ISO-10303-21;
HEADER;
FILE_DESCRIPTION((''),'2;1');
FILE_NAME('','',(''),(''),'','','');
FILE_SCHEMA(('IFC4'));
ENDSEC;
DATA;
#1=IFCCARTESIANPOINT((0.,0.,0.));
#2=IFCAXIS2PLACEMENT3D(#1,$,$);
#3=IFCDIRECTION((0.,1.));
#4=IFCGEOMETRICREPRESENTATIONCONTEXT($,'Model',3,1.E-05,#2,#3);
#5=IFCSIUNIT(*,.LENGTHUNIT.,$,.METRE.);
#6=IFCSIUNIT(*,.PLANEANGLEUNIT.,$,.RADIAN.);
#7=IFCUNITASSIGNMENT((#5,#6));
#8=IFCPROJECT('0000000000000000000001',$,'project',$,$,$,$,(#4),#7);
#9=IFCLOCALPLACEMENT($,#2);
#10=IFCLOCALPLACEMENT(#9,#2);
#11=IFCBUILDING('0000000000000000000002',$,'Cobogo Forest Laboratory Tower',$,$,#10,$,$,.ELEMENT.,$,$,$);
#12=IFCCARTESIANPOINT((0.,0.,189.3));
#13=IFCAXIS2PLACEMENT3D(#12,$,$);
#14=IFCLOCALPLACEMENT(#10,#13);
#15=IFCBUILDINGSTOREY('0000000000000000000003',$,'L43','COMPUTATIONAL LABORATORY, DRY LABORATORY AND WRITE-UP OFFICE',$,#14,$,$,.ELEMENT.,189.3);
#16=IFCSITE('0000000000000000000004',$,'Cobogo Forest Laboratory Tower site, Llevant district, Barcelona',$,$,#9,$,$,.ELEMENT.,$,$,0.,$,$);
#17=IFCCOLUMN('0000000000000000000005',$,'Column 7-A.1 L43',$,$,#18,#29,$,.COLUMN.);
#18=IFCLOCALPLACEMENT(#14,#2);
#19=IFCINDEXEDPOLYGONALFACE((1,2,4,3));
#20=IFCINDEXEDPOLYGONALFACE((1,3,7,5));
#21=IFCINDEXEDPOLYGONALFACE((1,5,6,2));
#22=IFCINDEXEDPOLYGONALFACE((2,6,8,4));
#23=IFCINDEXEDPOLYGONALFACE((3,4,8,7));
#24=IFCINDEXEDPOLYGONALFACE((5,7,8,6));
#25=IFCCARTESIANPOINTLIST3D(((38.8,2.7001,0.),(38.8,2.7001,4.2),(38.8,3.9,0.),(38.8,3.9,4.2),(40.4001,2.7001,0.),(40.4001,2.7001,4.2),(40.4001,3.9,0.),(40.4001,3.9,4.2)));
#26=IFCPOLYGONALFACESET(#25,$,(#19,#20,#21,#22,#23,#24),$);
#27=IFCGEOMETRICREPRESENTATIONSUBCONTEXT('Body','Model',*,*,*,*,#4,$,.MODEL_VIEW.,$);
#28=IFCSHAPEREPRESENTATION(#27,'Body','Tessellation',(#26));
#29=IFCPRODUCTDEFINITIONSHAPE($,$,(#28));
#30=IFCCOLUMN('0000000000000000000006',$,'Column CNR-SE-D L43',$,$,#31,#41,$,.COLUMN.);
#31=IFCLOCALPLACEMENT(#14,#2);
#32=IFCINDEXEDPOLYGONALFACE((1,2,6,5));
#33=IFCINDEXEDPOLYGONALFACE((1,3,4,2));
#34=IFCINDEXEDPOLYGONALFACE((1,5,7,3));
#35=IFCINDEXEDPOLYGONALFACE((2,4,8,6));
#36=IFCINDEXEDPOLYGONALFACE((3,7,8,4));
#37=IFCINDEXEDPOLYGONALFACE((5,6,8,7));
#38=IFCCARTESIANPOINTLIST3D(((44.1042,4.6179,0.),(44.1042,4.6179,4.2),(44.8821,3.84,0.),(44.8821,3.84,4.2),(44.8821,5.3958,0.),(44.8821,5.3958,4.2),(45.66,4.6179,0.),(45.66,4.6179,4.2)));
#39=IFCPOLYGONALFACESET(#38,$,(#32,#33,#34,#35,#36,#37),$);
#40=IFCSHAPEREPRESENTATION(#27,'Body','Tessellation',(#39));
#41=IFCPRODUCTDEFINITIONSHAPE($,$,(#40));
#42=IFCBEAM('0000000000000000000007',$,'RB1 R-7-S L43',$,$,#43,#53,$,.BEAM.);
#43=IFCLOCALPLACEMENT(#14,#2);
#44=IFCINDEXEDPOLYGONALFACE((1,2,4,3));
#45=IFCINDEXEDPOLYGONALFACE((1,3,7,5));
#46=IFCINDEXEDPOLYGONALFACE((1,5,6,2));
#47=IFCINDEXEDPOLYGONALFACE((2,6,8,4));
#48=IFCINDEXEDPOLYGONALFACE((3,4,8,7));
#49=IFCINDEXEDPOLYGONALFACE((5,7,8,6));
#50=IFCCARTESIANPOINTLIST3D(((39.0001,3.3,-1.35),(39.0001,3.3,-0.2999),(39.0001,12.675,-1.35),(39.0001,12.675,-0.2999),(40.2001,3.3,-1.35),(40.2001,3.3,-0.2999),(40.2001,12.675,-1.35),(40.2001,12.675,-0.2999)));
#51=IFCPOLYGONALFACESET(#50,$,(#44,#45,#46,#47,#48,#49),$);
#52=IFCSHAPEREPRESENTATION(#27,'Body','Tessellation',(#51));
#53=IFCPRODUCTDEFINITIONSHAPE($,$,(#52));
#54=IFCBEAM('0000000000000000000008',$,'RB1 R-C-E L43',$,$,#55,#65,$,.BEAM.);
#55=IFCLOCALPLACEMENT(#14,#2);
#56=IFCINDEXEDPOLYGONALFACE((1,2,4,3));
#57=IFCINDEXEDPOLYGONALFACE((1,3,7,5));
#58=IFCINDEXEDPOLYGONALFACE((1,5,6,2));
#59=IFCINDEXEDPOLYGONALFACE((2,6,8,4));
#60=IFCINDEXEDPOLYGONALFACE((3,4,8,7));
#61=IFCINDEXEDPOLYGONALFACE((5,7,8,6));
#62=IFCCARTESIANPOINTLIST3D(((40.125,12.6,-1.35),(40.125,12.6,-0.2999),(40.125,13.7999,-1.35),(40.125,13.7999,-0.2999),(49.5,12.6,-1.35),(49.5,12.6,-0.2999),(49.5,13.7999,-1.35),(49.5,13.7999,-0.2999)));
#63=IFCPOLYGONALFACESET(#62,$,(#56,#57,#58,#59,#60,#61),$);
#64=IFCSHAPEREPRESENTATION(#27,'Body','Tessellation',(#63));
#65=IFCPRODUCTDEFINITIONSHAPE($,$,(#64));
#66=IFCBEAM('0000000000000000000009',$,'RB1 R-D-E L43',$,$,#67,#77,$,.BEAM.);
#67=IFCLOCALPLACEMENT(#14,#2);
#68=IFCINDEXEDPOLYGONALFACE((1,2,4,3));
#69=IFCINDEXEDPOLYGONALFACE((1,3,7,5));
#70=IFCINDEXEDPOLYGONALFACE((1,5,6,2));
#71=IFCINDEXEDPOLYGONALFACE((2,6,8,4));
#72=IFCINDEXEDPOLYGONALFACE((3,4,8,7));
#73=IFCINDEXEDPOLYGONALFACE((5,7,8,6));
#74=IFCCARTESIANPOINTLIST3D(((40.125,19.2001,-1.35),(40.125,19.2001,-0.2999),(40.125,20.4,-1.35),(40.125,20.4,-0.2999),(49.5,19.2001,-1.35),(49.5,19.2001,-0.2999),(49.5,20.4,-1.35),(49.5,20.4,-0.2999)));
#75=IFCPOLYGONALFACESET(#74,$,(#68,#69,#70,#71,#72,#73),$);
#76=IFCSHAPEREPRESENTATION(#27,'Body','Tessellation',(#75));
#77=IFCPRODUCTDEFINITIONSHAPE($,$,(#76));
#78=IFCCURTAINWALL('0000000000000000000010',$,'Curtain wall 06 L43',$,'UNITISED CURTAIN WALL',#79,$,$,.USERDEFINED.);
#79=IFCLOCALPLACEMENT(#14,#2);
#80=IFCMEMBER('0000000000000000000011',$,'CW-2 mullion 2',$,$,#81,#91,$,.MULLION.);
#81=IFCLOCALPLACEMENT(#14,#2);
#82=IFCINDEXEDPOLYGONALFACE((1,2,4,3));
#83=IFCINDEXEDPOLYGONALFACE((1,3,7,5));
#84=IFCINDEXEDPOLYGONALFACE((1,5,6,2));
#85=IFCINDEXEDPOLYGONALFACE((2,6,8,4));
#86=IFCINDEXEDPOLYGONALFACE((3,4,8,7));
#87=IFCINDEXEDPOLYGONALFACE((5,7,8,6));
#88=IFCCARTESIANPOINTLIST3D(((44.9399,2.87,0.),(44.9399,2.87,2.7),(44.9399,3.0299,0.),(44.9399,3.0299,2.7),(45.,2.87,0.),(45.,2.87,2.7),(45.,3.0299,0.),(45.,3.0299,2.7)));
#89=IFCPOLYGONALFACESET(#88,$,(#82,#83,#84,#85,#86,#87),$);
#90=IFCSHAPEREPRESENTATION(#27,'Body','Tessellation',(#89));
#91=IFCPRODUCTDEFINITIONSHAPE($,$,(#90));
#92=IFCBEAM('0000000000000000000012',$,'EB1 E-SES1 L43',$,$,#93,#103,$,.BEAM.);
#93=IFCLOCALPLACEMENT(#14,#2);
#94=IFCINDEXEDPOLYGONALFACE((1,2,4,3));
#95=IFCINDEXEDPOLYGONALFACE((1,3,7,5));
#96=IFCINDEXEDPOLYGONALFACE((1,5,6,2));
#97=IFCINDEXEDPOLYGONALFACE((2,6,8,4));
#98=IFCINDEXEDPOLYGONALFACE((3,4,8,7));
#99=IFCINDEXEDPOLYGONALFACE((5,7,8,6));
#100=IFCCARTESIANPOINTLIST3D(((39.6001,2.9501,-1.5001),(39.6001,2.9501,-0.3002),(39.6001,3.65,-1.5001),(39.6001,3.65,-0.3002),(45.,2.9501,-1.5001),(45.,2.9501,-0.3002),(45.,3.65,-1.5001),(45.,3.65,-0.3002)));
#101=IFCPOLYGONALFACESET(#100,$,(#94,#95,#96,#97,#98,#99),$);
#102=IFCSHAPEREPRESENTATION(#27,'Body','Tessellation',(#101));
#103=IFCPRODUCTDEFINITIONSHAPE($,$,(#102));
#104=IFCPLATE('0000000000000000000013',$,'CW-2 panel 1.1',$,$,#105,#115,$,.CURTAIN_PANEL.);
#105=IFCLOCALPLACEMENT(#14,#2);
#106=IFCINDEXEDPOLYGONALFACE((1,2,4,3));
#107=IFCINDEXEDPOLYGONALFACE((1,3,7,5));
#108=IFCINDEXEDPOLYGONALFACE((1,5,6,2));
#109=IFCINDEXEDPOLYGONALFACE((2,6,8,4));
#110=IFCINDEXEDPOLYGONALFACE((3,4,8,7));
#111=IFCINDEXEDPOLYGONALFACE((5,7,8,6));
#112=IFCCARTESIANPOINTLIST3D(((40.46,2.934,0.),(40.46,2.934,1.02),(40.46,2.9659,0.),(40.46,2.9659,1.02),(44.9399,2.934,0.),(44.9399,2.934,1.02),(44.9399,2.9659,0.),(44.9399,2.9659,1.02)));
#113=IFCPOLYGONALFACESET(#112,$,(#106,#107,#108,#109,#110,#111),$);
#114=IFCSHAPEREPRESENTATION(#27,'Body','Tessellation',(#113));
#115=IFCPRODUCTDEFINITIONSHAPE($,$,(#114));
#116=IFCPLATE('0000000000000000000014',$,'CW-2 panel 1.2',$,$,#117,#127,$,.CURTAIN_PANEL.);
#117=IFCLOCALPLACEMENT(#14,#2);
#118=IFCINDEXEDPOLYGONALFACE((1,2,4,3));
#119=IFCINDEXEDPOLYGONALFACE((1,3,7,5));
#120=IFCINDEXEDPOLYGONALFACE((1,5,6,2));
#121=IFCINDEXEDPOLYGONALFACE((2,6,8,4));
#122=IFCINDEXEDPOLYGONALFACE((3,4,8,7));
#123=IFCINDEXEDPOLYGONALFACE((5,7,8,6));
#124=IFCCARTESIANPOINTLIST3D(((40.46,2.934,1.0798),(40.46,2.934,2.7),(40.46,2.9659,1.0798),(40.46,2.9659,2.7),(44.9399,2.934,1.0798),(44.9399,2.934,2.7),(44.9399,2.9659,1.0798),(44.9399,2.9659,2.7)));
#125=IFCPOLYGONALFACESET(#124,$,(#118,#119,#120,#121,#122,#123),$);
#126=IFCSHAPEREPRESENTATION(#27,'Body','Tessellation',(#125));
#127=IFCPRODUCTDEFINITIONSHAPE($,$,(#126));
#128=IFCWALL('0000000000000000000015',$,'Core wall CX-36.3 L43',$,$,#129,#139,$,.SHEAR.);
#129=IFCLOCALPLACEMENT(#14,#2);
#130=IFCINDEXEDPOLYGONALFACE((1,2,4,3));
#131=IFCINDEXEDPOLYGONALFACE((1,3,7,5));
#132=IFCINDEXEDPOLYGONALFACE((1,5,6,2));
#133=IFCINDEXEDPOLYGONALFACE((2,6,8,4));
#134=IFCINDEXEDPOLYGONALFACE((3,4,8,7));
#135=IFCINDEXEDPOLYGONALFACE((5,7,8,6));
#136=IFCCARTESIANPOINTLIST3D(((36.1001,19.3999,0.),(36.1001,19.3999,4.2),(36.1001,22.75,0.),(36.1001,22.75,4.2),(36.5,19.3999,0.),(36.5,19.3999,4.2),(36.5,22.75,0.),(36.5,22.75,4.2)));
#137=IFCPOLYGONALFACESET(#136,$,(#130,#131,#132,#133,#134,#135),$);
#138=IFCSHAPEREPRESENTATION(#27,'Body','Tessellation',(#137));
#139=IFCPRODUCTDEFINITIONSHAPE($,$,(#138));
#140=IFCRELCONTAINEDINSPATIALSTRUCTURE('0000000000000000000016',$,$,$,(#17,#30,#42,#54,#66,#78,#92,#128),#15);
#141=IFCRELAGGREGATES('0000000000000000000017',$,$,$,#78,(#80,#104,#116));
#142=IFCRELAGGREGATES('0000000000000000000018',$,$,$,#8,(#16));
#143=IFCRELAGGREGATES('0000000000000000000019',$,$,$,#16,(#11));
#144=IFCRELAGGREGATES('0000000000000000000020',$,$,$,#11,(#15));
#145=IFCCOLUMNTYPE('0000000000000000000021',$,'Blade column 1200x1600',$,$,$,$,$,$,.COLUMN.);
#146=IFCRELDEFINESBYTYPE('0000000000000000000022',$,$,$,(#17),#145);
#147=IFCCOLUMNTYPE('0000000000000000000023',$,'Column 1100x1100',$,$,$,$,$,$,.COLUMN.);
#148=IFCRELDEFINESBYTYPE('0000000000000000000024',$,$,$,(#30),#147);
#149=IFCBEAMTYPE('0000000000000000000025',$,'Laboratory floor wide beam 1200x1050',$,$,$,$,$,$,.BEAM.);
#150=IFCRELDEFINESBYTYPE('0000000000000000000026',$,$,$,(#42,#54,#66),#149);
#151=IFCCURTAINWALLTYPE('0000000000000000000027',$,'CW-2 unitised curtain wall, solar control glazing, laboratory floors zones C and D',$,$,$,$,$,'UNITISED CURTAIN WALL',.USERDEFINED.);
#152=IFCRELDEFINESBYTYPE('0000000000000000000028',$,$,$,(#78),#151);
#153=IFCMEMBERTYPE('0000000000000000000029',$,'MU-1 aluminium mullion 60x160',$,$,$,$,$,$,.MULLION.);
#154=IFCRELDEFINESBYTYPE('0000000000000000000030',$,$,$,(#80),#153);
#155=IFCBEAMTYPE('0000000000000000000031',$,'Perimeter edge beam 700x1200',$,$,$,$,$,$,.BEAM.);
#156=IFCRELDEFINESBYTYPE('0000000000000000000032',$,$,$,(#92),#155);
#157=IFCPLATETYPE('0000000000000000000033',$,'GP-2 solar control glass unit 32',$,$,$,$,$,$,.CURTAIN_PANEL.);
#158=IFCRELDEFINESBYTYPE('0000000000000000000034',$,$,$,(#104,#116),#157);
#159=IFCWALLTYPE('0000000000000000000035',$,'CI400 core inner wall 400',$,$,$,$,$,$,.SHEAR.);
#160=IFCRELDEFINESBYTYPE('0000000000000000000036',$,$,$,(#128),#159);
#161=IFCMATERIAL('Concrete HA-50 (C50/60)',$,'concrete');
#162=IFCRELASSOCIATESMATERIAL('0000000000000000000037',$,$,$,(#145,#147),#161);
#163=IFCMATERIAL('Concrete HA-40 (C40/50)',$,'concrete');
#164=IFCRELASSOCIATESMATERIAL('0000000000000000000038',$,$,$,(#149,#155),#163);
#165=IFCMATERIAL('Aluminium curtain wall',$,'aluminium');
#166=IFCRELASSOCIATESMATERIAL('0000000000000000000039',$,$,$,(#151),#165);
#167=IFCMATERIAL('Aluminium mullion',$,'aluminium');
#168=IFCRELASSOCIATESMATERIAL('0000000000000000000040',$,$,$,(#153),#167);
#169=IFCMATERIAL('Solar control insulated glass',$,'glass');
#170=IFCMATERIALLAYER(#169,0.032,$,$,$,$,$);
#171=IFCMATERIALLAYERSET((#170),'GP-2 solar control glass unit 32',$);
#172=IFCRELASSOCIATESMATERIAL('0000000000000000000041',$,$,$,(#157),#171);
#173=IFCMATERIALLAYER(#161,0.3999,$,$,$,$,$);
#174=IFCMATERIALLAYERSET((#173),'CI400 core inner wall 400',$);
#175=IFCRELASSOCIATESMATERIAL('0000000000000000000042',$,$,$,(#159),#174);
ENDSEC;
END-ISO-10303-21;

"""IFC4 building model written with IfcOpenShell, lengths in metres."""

from ifc_helpers import new_model, si_unit, direction, frame, frame_2d, origin, origin_2d, place, context, subcontext, project, spatial, rectangle, extrude, material, layer, layer_set, material_profile, profile_set, type_object, element, aggregate, save


model = new_model("IFC4")

# Units and contexts
model_context = context("Model", 3, precision=1e-05, world=origin(), true_north=direction((0.0, 1.0)))
body_context = subcontext(model_context, "Body", "Model", "MODEL_VIEW")
ifc_project = project(units=[si_unit("LENGTHUNIT", "METRE"), si_unit("PLANEANGLEUNIT", "RADIAN")], contexts=[model_context])

# Site, building, storey
site_placement = place(None, origin())
site = spatial("IfcSite", under=ifc_project, at=site_placement, Name="Cobogo Forest Laboratory Tower site, Llevant district, Barcelona", CompositionType="ELEMENT", RefElevation=0.0)
building_placement = place(site_placement, origin())
building = spatial("IfcBuilding", under=site, at=building_placement, Name="Cobogo Forest Laboratory Tower", CompositionType="ELEMENT")
storey_placement = place(building_placement, frame((0.0, 0.0, 189.3)))
storey = spatial("IfcBuildingStorey", under=building, at=storey_placement, Name="L43", Description="COMPUTATIONAL LABORATORY, DRY LABORATORY AND WRITE-UP OFFICE", CompositionType="ELEMENT", Elevation=189.3)

# Columns
ifc_material_1 = material(Name="Concrete HA-50 (C50/60)", Category="concrete")
ifc_material_profile_1 = material_profile(ifc_material_1, rectangle(XDim=1.6001, YDim=1.2, at=origin_2d()), Name="RC 1200x1600")
ifc_profile_set_1 = profile_set([ifc_material_profile_1], Name="Concrete HA-50 (C50/60)")
column_type_1 = type_object("IfcColumnType", Name="Blade column 1200x1600", PredefinedType="COLUMN", material=ifc_profile_set_1)
column_1_placement = place(storey_placement, frame((39.6001, 3.3, 0.0), z_axis=(0.0, 0.0, 1.0), x_axis=(1.0, 0.0, 0.0)))
element("IfcColumn", 1, at=column_1_placement, inside=storey, type_object=column_type_1, Name="Column 7-A.1 L43", PredefinedType="COLUMN", context=body_context, shape_type="SweptSolid", body=[
    extrude(rectangle(XDim=1.6001, YDim=1.2, at=origin_2d()), origin(), (0.0, 0.0, 1.0), 4.2),
])
ifc_material_profile_2 = material_profile(ifc_material_1, rectangle(XDim=1.1001, YDim=1.1001, at=origin_2d()), Name="RC 1100x1100")
ifc_profile_set_2 = profile_set([ifc_material_profile_2], Name="Concrete HA-50 (C50/60)")
column_type_2 = type_object("IfcColumnType", Name="Column 1100x1100", PredefinedType="COLUMN", material=ifc_profile_set_2)
column_2_placement = place(storey_placement, frame((44.8821, 4.6179, 0.0), z_axis=(0.0, 0.0, 1.0), x_axis=(0.707107, 0.707107, 0.0)))
element("IfcColumn", 2, at=column_2_placement, inside=storey, type_object=column_type_2, Name="Column CNR-SE-D L43", PredefinedType="COLUMN", context=body_context, shape_type="SweptSolid", body=[
    extrude(rectangle(XDim=1.1001, YDim=1.1001, at=origin_2d()), origin(), (0.0, 0.0, 1.0), 4.2),
])

# Beams
ifc_material_2 = material(Name="Concrete HA-40 (C40/50)", Category="concrete")
ifc_material_profile_3 = material_profile(ifc_material_2, rectangle(XDim=1.2, YDim=1.05, at=origin_2d()), Name="RC 1200x1050")
ifc_profile_set_3 = profile_set([ifc_material_profile_3], Name="Concrete HA-40 (C40/50)")
beam_type_1 = type_object("IfcBeamType", Name="Laboratory floor wide beam 1200x1050", PredefinedType="BEAM", material=ifc_profile_set_3)
for number, where, z_axis, x_axis, name in (
    (3, (39.6001, 12.675, -0.825), (0.0, -1.0, 0.0), (1.0, 0.0, 0.0), "RB1 R-7-S L43"),
    (4, (40.125, 13.2, -0.825), (1.0, 0.0, 0.0), (0.0, 1.0, 0.0), "RB1 R-C-E L43"),
    (5, (40.125, 19.8, -0.825), (1.0, 0.0, 0.0), (0.0, 1.0, 0.0), "RB1 R-D-E L43"),
):
    element("IfcBeam", number, at=place(storey_placement, frame(where, z_axis=z_axis, x_axis=x_axis)), inside=storey, type_object=beam_type_1, Name=name, PredefinedType="BEAM", context=body_context, shape_type="SweptSolid", body=[
        extrude(rectangle(XDim=1.2, YDim=1.05, at=origin_2d()), origin(), (0.0, 0.0, 1.0), 9.375),
    ])

# Curtain wall, member
ifc_material_3 = material(Name="Aluminium curtain wall", Category="aluminium")
curtain_wall_type = type_object("IfcCurtainWallType", Name="CW-2 unitised curtain wall, solar control glazing, laboratory floors zones C and D", ElementType="UNITISED CURTAIN WALL", PredefinedType="USERDEFINED", material=ifc_material_3)
curtain_wall_placement = place(storey_placement, origin())
curtain_wall = element("IfcCurtainWall", 6, at=curtain_wall_placement, inside=storey, type_object=curtain_wall_type, Name="Curtain wall 06 L43", ObjectType="UNITISED CURTAIN WALL", PredefinedType="USERDEFINED")
ifc_material_4 = material(Name="Aluminium mullion", Category="aluminium")
ifc_material_profile_4 = material_profile(ifc_material_4, rectangle(XDim=0.0601, YDim=0.1599, at=origin_2d()), Name="AL 60x160")
ifc_profile_set_4 = profile_set([ifc_material_profile_4], Name="Aluminium mullion")
member_type = type_object("IfcMemberType", Name="MU-1 aluminium mullion 60x160", PredefinedType="MULLION", material=ifc_profile_set_4)
member_placement = place(storey_placement, frame((44.97, 2.95, 0.0), z_axis=(0.0, 0.0, 1.0), x_axis=(1.0, 0.0, 0.0)))
member = element("IfcMember", 7, at=member_placement, type_object=member_type, Name="CW-2 mullion 2", PredefinedType="MULLION", context=body_context, shape_type="SweptSolid", body=[
    extrude(rectangle(XDim=0.0601, YDim=0.1599, at=origin_2d()), origin(), (0.0, 0.0, 1.0), 2.7),
])

# Beam
ifc_material_profile_5 = material_profile(ifc_material_2, rectangle(XDim=0.7, YDim=1.2, at=origin_2d()), Name="RC 700x1200")
ifc_profile_set_5 = profile_set([ifc_material_profile_5], Name="Concrete HA-40 (C40/50)")
beam_type_2 = type_object("IfcBeamType", Name="Perimeter edge beam 700x1200", PredefinedType="BEAM", material=ifc_profile_set_5)
beam_placement = place(storey_placement, frame((39.6001, 3.3, -0.9001), z_axis=(1.0, 0.0, 0.0), x_axis=(0.0, 1.0, 0.0)))
element("IfcBeam", 8, at=beam_placement, inside=storey, type_object=beam_type_2, Name="EB1 E-SES1 L43", PredefinedType="BEAM", context=body_context, shape_type="SweptSolid", body=[
    extrude(rectangle(XDim=0.7, YDim=1.2, at=origin_2d()), origin(), (0.0, 0.0, 1.0), 5.3999),
])

# Plates
ifc_material_5 = material(Name="Solar control insulated glass", Category="glass")
ifc_layer_1 = layer(ifc_material_5, 0.032)
ifc_layer_set_1 = layer_set([ifc_layer_1], Name="GP-2 solar control glass unit 32")
plate_type = type_object("IfcPlateType", Name="GP-2 solar control glass unit 32", PredefinedType="CURTAIN_PANEL", material=ifc_layer_set_1)
plate_1_placement = place(storey_placement, frame((42.7, 2.95, 0.0), z_axis=(0.0, 0.0, 1.0), x_axis=(1.0, 0.0, 0.0)))
plate_1 = element("IfcPlate", 9, at=plate_1_placement, type_object=plate_type, Name="CW-2 panel 1.1", PredefinedType="CURTAIN_PANEL", context=body_context, shape_type="SweptSolid", body=[
    extrude(rectangle(XDim=4.48, YDim=0.032, at=origin_2d()), origin(), (0.0, 0.0, 1.0), 1.02),
])
plate_2_placement = place(storey_placement, frame((42.7, 2.95, 1.0798), z_axis=(0.0, 0.0, 1.0), x_axis=(1.0, 0.0, 0.0)))
plate_2 = element("IfcPlate", 10, at=plate_2_placement, type_object=plate_type, Name="CW-2 panel 1.2", PredefinedType="CURTAIN_PANEL", context=body_context, shape_type="SweptSolid", body=[
    extrude(rectangle(XDim=4.48, YDim=0.032, at=origin_2d()), origin(), (0.0, 0.0, 1.0), 1.6201),
])
aggregate(curtain_wall, [member, plate_1, plate_2])

# Wall
ifc_layer_2 = layer(ifc_material_1, 0.3999)
ifc_layer_set_2 = layer_set([ifc_layer_2], Name="CI400 core inner wall 400")
wall_type_1 = type_object("IfcWallType", Name="CI400 core inner wall 400", PredefinedType="SHEAR", material=ifc_layer_set_2)
wall_1_placement = place(storey_placement, frame((36.3, 19.3999, 0.0), z_axis=(0.0, 0.0, 1.0), x_axis=(0.0, 1.0, 0.0)))
element("IfcWall", 11, at=wall_1_placement, inside=storey, type_object=wall_type_1, Name="Core wall CX-36.3 L43", PredefinedType="SHEAR", context=body_context, shape_type="SweptSolid", body=[
    extrude(rectangle(XDim=3.3501, YDim=0.3999, at=frame_2d((1.675, 0.0))), origin(), (0.0, 0.0, 1.0), 4.2),
])

save(model, "model.ifc")
